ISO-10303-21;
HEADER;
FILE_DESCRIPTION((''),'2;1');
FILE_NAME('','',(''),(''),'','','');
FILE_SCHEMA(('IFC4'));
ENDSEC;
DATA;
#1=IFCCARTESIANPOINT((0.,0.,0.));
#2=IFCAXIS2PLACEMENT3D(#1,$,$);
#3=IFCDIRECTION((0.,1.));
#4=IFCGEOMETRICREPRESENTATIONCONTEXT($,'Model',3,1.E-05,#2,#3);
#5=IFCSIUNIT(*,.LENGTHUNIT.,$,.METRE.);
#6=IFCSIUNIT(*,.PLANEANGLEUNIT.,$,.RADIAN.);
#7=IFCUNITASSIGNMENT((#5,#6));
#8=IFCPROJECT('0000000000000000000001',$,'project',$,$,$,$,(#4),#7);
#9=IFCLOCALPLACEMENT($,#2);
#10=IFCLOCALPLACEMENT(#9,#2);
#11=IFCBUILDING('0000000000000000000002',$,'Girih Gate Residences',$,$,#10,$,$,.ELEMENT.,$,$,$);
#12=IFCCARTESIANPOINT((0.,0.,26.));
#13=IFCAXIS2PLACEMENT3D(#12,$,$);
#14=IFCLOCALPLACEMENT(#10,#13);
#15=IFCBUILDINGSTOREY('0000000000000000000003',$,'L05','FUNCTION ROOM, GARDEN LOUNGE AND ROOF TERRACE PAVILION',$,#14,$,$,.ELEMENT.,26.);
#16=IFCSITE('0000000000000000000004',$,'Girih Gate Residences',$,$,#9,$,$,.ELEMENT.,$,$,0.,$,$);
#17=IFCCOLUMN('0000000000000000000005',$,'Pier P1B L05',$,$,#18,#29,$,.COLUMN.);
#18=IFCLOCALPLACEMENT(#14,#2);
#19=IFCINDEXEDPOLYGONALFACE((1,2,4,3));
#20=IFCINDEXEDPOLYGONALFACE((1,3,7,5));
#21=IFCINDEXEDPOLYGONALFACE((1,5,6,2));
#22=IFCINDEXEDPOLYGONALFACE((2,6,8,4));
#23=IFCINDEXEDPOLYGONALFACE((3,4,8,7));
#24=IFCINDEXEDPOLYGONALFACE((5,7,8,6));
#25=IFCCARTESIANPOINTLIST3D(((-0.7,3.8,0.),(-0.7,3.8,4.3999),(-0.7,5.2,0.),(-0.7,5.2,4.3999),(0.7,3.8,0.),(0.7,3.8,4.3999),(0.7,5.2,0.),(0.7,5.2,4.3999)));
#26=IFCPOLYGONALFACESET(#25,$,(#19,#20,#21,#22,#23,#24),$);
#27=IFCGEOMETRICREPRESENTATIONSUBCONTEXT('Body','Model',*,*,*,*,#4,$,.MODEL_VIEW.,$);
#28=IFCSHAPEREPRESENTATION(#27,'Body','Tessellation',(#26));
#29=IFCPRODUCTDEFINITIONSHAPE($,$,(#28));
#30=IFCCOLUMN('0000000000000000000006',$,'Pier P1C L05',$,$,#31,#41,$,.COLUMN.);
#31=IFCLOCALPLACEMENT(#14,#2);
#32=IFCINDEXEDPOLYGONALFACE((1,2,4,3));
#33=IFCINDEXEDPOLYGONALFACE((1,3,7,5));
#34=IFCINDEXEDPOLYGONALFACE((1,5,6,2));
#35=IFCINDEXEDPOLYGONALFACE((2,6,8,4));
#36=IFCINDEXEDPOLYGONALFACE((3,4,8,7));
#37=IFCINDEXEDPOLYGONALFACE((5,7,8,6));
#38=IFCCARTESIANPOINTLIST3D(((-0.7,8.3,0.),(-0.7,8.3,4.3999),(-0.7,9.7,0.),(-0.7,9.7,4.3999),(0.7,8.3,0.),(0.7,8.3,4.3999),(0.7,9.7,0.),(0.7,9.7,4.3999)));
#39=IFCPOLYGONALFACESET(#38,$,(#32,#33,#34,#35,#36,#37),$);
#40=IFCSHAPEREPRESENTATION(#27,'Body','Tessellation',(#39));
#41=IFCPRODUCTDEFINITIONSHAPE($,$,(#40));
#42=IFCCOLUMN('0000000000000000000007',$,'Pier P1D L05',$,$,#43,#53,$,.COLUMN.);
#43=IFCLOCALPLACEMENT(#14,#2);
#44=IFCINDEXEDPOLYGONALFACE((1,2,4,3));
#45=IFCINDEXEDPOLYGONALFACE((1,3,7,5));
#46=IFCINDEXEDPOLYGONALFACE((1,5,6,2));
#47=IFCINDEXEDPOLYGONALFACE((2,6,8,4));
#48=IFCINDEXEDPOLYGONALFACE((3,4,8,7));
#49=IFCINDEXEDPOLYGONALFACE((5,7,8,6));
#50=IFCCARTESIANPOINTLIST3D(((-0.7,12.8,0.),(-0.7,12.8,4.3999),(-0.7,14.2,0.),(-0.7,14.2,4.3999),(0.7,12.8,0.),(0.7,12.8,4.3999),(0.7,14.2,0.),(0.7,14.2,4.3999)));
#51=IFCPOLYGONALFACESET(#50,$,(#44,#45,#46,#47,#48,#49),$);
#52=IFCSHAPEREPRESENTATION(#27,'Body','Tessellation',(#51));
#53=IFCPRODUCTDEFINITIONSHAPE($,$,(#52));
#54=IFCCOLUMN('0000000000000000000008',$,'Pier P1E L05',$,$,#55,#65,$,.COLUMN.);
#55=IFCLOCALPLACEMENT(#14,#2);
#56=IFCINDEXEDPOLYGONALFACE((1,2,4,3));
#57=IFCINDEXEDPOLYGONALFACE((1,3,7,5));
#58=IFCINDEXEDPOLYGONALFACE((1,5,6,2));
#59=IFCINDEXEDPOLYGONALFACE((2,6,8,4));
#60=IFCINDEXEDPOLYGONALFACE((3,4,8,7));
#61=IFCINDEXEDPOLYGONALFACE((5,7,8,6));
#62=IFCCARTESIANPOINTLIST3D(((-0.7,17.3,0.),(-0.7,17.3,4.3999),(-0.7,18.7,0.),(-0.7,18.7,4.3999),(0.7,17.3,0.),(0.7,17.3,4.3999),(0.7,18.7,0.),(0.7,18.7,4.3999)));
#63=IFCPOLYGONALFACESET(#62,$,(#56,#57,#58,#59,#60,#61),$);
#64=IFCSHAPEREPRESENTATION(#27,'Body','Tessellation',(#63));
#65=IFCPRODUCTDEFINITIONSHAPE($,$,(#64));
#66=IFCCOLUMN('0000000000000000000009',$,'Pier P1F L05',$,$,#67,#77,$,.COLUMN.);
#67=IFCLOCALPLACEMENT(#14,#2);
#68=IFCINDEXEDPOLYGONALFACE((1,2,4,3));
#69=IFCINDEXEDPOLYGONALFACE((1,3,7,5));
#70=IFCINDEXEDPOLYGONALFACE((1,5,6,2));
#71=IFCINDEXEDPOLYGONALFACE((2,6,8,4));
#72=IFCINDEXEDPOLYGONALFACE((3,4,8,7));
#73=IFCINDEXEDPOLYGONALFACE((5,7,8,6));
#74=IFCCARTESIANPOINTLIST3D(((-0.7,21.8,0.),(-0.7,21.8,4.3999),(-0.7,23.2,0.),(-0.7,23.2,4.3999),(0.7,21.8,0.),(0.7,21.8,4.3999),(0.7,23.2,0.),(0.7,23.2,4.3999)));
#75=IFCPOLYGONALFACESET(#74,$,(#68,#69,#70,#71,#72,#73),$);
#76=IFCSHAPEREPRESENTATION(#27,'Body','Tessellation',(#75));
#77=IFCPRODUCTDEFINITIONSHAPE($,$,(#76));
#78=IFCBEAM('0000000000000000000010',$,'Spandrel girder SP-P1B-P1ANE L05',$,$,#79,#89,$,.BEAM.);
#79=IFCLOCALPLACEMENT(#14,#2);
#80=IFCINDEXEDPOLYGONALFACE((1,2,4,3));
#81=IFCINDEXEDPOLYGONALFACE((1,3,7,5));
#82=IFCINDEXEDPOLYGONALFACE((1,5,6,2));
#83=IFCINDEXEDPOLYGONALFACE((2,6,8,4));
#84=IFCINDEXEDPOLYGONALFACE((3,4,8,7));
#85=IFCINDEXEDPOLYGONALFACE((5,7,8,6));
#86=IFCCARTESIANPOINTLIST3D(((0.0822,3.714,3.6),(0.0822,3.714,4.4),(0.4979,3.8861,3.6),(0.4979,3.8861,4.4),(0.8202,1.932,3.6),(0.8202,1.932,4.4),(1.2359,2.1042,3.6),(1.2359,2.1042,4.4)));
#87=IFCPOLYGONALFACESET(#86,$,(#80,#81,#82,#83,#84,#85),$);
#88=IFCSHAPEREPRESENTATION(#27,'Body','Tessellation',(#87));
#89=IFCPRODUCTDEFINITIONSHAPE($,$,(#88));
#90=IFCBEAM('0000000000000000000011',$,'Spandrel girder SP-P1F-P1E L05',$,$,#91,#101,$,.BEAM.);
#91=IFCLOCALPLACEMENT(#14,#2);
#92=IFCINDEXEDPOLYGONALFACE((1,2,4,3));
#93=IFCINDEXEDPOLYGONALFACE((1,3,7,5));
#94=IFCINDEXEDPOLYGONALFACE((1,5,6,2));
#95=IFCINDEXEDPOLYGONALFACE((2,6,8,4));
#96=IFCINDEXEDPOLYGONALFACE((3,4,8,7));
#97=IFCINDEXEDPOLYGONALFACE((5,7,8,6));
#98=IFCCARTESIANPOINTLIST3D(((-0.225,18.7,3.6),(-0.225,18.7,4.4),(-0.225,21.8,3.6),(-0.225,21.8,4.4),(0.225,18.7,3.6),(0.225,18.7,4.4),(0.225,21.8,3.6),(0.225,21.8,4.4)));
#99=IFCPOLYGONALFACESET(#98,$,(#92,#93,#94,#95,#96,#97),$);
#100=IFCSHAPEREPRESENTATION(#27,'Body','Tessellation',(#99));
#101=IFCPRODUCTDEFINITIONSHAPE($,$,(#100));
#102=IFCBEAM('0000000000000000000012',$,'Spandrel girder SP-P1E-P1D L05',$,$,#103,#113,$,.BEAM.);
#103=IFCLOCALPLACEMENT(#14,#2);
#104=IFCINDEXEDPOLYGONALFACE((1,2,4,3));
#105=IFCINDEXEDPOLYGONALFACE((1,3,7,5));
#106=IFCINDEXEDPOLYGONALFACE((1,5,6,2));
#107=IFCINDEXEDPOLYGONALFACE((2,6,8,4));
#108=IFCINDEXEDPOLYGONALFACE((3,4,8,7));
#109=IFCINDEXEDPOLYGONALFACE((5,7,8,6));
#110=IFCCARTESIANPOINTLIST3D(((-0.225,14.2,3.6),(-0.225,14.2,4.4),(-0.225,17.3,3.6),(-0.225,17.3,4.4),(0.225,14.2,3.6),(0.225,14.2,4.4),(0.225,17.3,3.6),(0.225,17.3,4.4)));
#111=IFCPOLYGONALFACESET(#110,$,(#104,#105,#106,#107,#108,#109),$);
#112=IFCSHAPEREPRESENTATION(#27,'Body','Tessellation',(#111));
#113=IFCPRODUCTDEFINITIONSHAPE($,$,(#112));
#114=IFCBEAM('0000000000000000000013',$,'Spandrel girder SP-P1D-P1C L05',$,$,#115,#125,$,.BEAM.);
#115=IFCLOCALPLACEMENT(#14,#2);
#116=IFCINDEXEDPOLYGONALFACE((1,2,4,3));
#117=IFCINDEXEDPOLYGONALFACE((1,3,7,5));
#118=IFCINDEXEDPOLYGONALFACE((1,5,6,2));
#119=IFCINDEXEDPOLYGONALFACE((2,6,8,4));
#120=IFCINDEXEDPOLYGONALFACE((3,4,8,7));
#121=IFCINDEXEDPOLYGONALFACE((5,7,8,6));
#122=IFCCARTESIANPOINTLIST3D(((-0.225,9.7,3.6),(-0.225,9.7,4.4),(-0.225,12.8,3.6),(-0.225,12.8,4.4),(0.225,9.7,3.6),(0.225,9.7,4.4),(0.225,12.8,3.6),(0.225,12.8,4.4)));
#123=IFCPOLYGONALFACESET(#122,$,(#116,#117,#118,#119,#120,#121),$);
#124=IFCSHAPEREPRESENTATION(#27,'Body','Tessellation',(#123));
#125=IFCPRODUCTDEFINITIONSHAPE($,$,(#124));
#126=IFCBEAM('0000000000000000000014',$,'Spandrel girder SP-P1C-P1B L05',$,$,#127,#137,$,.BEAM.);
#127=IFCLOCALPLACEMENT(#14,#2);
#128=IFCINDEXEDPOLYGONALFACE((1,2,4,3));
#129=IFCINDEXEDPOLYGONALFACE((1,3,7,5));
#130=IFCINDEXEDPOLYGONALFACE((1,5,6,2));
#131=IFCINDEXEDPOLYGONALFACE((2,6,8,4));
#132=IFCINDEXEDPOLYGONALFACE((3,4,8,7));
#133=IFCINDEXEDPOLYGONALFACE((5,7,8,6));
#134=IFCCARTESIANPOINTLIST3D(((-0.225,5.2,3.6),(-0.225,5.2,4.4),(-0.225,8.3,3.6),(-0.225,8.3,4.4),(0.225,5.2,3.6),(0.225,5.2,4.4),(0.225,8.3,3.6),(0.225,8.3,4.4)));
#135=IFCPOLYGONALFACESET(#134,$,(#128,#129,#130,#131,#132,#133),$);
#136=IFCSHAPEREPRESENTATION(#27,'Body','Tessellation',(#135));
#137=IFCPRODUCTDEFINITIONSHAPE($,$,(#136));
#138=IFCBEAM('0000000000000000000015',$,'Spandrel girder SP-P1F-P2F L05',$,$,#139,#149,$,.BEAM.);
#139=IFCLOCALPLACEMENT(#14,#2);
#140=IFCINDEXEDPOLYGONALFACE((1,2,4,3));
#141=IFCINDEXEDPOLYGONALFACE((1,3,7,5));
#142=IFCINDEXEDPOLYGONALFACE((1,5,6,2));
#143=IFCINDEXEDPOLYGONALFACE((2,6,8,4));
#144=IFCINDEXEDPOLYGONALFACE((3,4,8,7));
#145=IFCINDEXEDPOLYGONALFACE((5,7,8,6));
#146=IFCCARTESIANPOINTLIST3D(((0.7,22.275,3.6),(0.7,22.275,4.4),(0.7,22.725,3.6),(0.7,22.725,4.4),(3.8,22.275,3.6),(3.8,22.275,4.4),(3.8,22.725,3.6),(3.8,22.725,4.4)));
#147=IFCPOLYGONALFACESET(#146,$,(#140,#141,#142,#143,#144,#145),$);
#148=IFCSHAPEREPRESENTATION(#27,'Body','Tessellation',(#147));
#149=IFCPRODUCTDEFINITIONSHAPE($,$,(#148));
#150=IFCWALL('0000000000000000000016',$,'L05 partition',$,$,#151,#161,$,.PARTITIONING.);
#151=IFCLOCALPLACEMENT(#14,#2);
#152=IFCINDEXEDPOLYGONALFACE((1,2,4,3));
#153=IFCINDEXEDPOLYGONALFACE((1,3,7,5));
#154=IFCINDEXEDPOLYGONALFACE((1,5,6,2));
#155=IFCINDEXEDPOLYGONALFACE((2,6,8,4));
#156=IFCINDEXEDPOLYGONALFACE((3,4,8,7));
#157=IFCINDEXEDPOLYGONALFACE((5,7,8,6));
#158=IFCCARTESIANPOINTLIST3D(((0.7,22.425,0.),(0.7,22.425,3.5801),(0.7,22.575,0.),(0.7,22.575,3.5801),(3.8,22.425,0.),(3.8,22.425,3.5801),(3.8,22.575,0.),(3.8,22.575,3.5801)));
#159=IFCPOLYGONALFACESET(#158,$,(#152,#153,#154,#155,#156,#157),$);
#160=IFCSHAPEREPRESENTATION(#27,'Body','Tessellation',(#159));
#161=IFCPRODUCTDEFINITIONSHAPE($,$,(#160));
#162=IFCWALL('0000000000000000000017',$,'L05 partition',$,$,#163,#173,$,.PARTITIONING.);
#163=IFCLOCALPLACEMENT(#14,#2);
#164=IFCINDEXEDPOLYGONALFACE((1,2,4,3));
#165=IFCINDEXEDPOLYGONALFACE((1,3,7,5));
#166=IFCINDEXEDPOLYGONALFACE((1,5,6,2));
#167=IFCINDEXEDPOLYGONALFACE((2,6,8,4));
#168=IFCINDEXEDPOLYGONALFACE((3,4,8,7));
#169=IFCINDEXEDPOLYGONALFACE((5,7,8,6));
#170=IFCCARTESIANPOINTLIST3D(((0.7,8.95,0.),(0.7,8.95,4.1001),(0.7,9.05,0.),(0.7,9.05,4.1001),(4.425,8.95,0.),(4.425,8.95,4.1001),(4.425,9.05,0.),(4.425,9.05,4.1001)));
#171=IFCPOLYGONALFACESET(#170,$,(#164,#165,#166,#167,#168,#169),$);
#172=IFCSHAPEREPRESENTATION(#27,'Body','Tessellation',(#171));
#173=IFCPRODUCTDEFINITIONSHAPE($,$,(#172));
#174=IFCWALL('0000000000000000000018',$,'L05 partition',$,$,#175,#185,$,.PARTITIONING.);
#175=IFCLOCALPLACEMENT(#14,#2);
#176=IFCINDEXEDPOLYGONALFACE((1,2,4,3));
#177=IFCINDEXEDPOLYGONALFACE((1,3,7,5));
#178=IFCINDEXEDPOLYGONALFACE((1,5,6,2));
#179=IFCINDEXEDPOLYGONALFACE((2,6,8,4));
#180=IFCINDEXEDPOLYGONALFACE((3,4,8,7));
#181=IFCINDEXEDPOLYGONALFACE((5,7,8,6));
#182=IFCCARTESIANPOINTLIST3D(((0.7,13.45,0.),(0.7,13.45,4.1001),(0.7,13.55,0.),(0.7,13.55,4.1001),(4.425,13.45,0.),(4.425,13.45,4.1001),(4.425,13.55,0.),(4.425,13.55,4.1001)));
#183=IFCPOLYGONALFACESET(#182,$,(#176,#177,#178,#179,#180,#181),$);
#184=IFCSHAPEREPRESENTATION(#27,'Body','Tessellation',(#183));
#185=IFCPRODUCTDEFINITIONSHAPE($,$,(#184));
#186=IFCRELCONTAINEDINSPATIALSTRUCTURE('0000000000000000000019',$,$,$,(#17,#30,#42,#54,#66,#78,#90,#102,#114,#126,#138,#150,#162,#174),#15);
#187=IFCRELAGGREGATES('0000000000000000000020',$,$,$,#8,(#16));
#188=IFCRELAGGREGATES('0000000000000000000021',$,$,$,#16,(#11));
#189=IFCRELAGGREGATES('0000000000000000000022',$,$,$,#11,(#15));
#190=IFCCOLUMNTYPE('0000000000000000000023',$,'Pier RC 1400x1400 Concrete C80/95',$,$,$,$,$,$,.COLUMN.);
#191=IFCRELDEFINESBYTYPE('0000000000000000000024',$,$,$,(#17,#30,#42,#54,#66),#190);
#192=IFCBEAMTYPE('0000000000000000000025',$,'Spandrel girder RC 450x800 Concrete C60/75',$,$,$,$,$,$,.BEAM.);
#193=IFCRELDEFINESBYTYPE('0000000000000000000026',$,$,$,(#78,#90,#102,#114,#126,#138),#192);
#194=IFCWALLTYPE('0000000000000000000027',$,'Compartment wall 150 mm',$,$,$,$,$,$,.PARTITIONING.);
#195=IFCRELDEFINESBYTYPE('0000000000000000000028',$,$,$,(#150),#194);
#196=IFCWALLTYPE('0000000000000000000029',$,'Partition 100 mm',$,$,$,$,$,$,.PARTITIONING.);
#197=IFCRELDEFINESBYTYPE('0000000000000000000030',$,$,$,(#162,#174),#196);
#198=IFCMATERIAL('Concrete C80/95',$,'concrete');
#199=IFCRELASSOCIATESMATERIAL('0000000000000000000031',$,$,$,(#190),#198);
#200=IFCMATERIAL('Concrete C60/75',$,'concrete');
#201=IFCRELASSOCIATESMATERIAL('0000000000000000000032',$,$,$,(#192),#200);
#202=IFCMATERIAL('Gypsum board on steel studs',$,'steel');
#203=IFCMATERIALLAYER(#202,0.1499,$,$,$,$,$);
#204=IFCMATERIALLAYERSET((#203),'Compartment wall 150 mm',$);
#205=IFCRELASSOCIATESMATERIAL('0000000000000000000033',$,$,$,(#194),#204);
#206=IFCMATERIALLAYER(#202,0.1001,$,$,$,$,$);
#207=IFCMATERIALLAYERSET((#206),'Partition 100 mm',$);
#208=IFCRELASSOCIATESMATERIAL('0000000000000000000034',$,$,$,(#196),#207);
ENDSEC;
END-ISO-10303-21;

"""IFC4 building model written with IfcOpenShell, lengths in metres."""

from ifc_helpers import new_model, si_unit, direction, frame, frame_2d, origin, origin_2d, place, context, subcontext, project, spatial, rectangle, extrude, material, layer, layer_set, material_profile, profile_set, type_object, element, save


model = new_model("IFC4")

# Units and contexts
model_context = context("Model", 3, precision=1e-05, world=origin(), true_north=direction((0.0, 1.0)))
body_context = subcontext(model_context, "Body", "Model", "MODEL_VIEW")
ifc_project = project(units=[si_unit("LENGTHUNIT", "METRE"), si_unit("PLANEANGLEUNIT", "RADIAN")], contexts=[model_context])

# Site, building, storey
site_placement = place(None, origin())
site = spatial("IfcSite", under=ifc_project, at=site_placement, Name="Girih Gate Residences", CompositionType="ELEMENT", RefElevation=0.0)
building_placement = place(site_placement, origin())
building = spatial("IfcBuilding", under=site, at=building_placement, Name="Girih Gate Residences", CompositionType="ELEMENT")
storey_placement = place(building_placement, frame((0.0, 0.0, 26.0)))
storey = spatial("IfcBuildingStorey", under=building, at=storey_placement, Name="L05", Description="FUNCTION ROOM, GARDEN LOUNGE AND ROOF TERRACE PAVILION", CompositionType="ELEMENT", Elevation=26.0)

# Columns
ifc_material_1 = material(Name="Concrete C80/95", Category="concrete")
ifc_material_profile_1 = material_profile(ifc_material_1, rectangle(XDim=1.3999, YDim=1.3999, at=origin_2d()))
ifc_profile_set_1 = profile_set([ifc_material_profile_1], Name="Concrete C80/95")
column_type = type_object("IfcColumnType", Name="Pier RC 1400x1400 Concrete C80/95", PredefinedType="COLUMN", material=ifc_profile_set_1)
for number, where, z_axis, x_axis, name in (
    (1, (0.0, 4.5, 0.0), (0.0, 0.0, 1.0), (1.0, 0.0, 0.0), "Pier P1B L05"),
    (2, (0.0, 9.0, 0.0), (0.0, 0.0, 1.0), (1.0, 0.0, 0.0), "Pier P1C L05"),
    (3, (0.0, 13.5, 0.0), (0.0, 0.0, 1.0), (1.0, 0.0, 0.0), "Pier P1D L05"),
    (4, (0.0, 18.0, 0.0), (0.0, 0.0, 1.0), (1.0, 0.0, 0.0), "Pier P1E L05"),
    (5, (0.0, 22.5, 0.0), (0.0, 0.0, 1.0), (1.0, 0.0, 0.0), "Pier P1F L05"),
):
    element("IfcColumn", number, at=place(storey_placement, frame(where, z_axis=z_axis, x_axis=x_axis)), inside=storey, type_object=column_type, Name=name, PredefinedType="COLUMN", context=body_context, shape_type="SweptSolid", body=[
        extrude(rectangle(XDim=1.3999, YDim=1.3999, at=origin_2d()), origin(), (0.0, 0.0, 1.0), 4.3999),
    ])

# Beams
ifc_material_2 = material(Name="Concrete C60/75", Category="concrete")
ifc_material_profile_2 = material_profile(ifc_material_2, rectangle(XDim=0.45, YDim=0.8, at=origin_2d()))
ifc_profile_set_2 = profile_set([ifc_material_profile_2], Name="Concrete C60/75")
beam_type = type_object("IfcBeamType", Name="Spandrel girder RC 450x800 Concrete C60/75", PredefinedType="BEAM", material=ifc_profile_set_2)
beam_placement = place(storey_placement, frame((0.29, 3.8, 4.0), z_axis=(0.382646, -0.923895, 0.0), x_axis=(0.923895, 0.382646, 0.0)))
element("IfcBeam", 6, at=beam_placement, inside=storey, type_object=beam_type, Name="Spandrel girder SP-P1B-P1ANE L05", PredefinedType="BEAM", context=body_context, shape_type="SweptSolid", body=[
    extrude(rectangle(XDim=0.45, YDim=0.8, at=origin_2d()), origin(), (0.0, 0.0, 1.0), 1.9287),
])
for number, where, z_axis, x_axis, name in (
    (7, (0.0, 21.8, 4.0), (0.0, -1.0, 0.0), (1.0, 0.0, 0.0), "Spandrel girder SP-P1F-P1E L05"),
    (8, (0.0, 17.3, 4.0), (0.0, -1.0, 0.0), (1.0, 0.0, 0.0), "Spandrel girder SP-P1E-P1D L05"),
    (9, (0.0, 12.8, 4.0), (0.0, -1.0, 0.0), (1.0, 0.0, 0.0), "Spandrel girder SP-P1D-P1C L05"),
    (10, (0.0, 8.3, 4.0), (0.0, -1.0, 0.0), (1.0, 0.0, 0.0), "Spandrel girder SP-P1C-P1B L05"),
    (11, (0.7, 22.5, 4.0), (1.0, 0.0, 0.0), (0.0, 1.0, 0.0), "Spandrel girder SP-P1F-P2F L05"),
):
    element("IfcBeam", number, at=place(storey_placement, frame(where, z_axis=z_axis, x_axis=x_axis)), inside=storey, type_object=beam_type, Name=name, PredefinedType="BEAM", context=body_context, shape_type="SweptSolid", body=[
        extrude(rectangle(XDim=0.45, YDim=0.8, at=origin_2d()), origin(), (0.0, 0.0, 1.0), 3.1001),
    ])

# Walls
ifc_material_3 = material(Name="Gypsum board on steel studs", Category="steel")
ifc_layer_1 = layer(ifc_material_3, 0.1499)
ifc_layer_set_1 = layer_set([ifc_layer_1], Name="Compartment wall 150 mm")
wall_type_1 = type_object("IfcWallType", Name="Compartment wall 150 mm", PredefinedType="PARTITIONING", material=ifc_layer_set_1)
wall_1_placement = place(storey_placement, frame((0.7, 22.5, 0.0), z_axis=(0.0, 0.0, 1.0), x_axis=(1.0, 0.0, 0.0)))
element("IfcWall", 12, at=wall_1_placement, inside=storey, type_object=wall_type_1, Name="L05 partition", PredefinedType="PARTITIONING", context=body_context, shape_type="SweptSolid", body=[
    extrude(rectangle(XDim=3.1001, YDim=0.1499, at=frame_2d((1.55, 0.0))), origin(), (0.0, 0.0, 1.0), 3.5801),
])
ifc_layer_2 = layer(ifc_material_3, 0.1001)
ifc_layer_set_2 = layer_set([ifc_layer_2], Name="Partition 100 mm")
wall_type_2 = type_object("IfcWallType", Name="Partition 100 mm", PredefinedType="PARTITIONING", material=ifc_layer_set_2)
for number, where, z_axis, x_axis, name in (
    (13, (0.7, 9.0, 0.0), (0.0, 0.0, 1.0), (1.0, 0.0, 0.0), "L05 partition"),
    (14, (0.7, 13.5, 0.0), (0.0, 0.0, 1.0), (1.0, 0.0, 0.0), "L05 partition"),
):
    element("IfcWall", number, at=place(storey_placement, frame(where, z_axis=z_axis, x_axis=x_axis)), inside=storey, type_object=wall_type_2, Name=name, PredefinedType="PARTITIONING", context=body_context, shape_type="SweptSolid", body=[
        extrude(rectangle(XDim=3.7251, YDim=0.1001, at=frame_2d((1.8625, 0.0))), origin(), (0.0, 0.0, 1.0), 4.1001),
    ])

save(model, "model.ifc")
